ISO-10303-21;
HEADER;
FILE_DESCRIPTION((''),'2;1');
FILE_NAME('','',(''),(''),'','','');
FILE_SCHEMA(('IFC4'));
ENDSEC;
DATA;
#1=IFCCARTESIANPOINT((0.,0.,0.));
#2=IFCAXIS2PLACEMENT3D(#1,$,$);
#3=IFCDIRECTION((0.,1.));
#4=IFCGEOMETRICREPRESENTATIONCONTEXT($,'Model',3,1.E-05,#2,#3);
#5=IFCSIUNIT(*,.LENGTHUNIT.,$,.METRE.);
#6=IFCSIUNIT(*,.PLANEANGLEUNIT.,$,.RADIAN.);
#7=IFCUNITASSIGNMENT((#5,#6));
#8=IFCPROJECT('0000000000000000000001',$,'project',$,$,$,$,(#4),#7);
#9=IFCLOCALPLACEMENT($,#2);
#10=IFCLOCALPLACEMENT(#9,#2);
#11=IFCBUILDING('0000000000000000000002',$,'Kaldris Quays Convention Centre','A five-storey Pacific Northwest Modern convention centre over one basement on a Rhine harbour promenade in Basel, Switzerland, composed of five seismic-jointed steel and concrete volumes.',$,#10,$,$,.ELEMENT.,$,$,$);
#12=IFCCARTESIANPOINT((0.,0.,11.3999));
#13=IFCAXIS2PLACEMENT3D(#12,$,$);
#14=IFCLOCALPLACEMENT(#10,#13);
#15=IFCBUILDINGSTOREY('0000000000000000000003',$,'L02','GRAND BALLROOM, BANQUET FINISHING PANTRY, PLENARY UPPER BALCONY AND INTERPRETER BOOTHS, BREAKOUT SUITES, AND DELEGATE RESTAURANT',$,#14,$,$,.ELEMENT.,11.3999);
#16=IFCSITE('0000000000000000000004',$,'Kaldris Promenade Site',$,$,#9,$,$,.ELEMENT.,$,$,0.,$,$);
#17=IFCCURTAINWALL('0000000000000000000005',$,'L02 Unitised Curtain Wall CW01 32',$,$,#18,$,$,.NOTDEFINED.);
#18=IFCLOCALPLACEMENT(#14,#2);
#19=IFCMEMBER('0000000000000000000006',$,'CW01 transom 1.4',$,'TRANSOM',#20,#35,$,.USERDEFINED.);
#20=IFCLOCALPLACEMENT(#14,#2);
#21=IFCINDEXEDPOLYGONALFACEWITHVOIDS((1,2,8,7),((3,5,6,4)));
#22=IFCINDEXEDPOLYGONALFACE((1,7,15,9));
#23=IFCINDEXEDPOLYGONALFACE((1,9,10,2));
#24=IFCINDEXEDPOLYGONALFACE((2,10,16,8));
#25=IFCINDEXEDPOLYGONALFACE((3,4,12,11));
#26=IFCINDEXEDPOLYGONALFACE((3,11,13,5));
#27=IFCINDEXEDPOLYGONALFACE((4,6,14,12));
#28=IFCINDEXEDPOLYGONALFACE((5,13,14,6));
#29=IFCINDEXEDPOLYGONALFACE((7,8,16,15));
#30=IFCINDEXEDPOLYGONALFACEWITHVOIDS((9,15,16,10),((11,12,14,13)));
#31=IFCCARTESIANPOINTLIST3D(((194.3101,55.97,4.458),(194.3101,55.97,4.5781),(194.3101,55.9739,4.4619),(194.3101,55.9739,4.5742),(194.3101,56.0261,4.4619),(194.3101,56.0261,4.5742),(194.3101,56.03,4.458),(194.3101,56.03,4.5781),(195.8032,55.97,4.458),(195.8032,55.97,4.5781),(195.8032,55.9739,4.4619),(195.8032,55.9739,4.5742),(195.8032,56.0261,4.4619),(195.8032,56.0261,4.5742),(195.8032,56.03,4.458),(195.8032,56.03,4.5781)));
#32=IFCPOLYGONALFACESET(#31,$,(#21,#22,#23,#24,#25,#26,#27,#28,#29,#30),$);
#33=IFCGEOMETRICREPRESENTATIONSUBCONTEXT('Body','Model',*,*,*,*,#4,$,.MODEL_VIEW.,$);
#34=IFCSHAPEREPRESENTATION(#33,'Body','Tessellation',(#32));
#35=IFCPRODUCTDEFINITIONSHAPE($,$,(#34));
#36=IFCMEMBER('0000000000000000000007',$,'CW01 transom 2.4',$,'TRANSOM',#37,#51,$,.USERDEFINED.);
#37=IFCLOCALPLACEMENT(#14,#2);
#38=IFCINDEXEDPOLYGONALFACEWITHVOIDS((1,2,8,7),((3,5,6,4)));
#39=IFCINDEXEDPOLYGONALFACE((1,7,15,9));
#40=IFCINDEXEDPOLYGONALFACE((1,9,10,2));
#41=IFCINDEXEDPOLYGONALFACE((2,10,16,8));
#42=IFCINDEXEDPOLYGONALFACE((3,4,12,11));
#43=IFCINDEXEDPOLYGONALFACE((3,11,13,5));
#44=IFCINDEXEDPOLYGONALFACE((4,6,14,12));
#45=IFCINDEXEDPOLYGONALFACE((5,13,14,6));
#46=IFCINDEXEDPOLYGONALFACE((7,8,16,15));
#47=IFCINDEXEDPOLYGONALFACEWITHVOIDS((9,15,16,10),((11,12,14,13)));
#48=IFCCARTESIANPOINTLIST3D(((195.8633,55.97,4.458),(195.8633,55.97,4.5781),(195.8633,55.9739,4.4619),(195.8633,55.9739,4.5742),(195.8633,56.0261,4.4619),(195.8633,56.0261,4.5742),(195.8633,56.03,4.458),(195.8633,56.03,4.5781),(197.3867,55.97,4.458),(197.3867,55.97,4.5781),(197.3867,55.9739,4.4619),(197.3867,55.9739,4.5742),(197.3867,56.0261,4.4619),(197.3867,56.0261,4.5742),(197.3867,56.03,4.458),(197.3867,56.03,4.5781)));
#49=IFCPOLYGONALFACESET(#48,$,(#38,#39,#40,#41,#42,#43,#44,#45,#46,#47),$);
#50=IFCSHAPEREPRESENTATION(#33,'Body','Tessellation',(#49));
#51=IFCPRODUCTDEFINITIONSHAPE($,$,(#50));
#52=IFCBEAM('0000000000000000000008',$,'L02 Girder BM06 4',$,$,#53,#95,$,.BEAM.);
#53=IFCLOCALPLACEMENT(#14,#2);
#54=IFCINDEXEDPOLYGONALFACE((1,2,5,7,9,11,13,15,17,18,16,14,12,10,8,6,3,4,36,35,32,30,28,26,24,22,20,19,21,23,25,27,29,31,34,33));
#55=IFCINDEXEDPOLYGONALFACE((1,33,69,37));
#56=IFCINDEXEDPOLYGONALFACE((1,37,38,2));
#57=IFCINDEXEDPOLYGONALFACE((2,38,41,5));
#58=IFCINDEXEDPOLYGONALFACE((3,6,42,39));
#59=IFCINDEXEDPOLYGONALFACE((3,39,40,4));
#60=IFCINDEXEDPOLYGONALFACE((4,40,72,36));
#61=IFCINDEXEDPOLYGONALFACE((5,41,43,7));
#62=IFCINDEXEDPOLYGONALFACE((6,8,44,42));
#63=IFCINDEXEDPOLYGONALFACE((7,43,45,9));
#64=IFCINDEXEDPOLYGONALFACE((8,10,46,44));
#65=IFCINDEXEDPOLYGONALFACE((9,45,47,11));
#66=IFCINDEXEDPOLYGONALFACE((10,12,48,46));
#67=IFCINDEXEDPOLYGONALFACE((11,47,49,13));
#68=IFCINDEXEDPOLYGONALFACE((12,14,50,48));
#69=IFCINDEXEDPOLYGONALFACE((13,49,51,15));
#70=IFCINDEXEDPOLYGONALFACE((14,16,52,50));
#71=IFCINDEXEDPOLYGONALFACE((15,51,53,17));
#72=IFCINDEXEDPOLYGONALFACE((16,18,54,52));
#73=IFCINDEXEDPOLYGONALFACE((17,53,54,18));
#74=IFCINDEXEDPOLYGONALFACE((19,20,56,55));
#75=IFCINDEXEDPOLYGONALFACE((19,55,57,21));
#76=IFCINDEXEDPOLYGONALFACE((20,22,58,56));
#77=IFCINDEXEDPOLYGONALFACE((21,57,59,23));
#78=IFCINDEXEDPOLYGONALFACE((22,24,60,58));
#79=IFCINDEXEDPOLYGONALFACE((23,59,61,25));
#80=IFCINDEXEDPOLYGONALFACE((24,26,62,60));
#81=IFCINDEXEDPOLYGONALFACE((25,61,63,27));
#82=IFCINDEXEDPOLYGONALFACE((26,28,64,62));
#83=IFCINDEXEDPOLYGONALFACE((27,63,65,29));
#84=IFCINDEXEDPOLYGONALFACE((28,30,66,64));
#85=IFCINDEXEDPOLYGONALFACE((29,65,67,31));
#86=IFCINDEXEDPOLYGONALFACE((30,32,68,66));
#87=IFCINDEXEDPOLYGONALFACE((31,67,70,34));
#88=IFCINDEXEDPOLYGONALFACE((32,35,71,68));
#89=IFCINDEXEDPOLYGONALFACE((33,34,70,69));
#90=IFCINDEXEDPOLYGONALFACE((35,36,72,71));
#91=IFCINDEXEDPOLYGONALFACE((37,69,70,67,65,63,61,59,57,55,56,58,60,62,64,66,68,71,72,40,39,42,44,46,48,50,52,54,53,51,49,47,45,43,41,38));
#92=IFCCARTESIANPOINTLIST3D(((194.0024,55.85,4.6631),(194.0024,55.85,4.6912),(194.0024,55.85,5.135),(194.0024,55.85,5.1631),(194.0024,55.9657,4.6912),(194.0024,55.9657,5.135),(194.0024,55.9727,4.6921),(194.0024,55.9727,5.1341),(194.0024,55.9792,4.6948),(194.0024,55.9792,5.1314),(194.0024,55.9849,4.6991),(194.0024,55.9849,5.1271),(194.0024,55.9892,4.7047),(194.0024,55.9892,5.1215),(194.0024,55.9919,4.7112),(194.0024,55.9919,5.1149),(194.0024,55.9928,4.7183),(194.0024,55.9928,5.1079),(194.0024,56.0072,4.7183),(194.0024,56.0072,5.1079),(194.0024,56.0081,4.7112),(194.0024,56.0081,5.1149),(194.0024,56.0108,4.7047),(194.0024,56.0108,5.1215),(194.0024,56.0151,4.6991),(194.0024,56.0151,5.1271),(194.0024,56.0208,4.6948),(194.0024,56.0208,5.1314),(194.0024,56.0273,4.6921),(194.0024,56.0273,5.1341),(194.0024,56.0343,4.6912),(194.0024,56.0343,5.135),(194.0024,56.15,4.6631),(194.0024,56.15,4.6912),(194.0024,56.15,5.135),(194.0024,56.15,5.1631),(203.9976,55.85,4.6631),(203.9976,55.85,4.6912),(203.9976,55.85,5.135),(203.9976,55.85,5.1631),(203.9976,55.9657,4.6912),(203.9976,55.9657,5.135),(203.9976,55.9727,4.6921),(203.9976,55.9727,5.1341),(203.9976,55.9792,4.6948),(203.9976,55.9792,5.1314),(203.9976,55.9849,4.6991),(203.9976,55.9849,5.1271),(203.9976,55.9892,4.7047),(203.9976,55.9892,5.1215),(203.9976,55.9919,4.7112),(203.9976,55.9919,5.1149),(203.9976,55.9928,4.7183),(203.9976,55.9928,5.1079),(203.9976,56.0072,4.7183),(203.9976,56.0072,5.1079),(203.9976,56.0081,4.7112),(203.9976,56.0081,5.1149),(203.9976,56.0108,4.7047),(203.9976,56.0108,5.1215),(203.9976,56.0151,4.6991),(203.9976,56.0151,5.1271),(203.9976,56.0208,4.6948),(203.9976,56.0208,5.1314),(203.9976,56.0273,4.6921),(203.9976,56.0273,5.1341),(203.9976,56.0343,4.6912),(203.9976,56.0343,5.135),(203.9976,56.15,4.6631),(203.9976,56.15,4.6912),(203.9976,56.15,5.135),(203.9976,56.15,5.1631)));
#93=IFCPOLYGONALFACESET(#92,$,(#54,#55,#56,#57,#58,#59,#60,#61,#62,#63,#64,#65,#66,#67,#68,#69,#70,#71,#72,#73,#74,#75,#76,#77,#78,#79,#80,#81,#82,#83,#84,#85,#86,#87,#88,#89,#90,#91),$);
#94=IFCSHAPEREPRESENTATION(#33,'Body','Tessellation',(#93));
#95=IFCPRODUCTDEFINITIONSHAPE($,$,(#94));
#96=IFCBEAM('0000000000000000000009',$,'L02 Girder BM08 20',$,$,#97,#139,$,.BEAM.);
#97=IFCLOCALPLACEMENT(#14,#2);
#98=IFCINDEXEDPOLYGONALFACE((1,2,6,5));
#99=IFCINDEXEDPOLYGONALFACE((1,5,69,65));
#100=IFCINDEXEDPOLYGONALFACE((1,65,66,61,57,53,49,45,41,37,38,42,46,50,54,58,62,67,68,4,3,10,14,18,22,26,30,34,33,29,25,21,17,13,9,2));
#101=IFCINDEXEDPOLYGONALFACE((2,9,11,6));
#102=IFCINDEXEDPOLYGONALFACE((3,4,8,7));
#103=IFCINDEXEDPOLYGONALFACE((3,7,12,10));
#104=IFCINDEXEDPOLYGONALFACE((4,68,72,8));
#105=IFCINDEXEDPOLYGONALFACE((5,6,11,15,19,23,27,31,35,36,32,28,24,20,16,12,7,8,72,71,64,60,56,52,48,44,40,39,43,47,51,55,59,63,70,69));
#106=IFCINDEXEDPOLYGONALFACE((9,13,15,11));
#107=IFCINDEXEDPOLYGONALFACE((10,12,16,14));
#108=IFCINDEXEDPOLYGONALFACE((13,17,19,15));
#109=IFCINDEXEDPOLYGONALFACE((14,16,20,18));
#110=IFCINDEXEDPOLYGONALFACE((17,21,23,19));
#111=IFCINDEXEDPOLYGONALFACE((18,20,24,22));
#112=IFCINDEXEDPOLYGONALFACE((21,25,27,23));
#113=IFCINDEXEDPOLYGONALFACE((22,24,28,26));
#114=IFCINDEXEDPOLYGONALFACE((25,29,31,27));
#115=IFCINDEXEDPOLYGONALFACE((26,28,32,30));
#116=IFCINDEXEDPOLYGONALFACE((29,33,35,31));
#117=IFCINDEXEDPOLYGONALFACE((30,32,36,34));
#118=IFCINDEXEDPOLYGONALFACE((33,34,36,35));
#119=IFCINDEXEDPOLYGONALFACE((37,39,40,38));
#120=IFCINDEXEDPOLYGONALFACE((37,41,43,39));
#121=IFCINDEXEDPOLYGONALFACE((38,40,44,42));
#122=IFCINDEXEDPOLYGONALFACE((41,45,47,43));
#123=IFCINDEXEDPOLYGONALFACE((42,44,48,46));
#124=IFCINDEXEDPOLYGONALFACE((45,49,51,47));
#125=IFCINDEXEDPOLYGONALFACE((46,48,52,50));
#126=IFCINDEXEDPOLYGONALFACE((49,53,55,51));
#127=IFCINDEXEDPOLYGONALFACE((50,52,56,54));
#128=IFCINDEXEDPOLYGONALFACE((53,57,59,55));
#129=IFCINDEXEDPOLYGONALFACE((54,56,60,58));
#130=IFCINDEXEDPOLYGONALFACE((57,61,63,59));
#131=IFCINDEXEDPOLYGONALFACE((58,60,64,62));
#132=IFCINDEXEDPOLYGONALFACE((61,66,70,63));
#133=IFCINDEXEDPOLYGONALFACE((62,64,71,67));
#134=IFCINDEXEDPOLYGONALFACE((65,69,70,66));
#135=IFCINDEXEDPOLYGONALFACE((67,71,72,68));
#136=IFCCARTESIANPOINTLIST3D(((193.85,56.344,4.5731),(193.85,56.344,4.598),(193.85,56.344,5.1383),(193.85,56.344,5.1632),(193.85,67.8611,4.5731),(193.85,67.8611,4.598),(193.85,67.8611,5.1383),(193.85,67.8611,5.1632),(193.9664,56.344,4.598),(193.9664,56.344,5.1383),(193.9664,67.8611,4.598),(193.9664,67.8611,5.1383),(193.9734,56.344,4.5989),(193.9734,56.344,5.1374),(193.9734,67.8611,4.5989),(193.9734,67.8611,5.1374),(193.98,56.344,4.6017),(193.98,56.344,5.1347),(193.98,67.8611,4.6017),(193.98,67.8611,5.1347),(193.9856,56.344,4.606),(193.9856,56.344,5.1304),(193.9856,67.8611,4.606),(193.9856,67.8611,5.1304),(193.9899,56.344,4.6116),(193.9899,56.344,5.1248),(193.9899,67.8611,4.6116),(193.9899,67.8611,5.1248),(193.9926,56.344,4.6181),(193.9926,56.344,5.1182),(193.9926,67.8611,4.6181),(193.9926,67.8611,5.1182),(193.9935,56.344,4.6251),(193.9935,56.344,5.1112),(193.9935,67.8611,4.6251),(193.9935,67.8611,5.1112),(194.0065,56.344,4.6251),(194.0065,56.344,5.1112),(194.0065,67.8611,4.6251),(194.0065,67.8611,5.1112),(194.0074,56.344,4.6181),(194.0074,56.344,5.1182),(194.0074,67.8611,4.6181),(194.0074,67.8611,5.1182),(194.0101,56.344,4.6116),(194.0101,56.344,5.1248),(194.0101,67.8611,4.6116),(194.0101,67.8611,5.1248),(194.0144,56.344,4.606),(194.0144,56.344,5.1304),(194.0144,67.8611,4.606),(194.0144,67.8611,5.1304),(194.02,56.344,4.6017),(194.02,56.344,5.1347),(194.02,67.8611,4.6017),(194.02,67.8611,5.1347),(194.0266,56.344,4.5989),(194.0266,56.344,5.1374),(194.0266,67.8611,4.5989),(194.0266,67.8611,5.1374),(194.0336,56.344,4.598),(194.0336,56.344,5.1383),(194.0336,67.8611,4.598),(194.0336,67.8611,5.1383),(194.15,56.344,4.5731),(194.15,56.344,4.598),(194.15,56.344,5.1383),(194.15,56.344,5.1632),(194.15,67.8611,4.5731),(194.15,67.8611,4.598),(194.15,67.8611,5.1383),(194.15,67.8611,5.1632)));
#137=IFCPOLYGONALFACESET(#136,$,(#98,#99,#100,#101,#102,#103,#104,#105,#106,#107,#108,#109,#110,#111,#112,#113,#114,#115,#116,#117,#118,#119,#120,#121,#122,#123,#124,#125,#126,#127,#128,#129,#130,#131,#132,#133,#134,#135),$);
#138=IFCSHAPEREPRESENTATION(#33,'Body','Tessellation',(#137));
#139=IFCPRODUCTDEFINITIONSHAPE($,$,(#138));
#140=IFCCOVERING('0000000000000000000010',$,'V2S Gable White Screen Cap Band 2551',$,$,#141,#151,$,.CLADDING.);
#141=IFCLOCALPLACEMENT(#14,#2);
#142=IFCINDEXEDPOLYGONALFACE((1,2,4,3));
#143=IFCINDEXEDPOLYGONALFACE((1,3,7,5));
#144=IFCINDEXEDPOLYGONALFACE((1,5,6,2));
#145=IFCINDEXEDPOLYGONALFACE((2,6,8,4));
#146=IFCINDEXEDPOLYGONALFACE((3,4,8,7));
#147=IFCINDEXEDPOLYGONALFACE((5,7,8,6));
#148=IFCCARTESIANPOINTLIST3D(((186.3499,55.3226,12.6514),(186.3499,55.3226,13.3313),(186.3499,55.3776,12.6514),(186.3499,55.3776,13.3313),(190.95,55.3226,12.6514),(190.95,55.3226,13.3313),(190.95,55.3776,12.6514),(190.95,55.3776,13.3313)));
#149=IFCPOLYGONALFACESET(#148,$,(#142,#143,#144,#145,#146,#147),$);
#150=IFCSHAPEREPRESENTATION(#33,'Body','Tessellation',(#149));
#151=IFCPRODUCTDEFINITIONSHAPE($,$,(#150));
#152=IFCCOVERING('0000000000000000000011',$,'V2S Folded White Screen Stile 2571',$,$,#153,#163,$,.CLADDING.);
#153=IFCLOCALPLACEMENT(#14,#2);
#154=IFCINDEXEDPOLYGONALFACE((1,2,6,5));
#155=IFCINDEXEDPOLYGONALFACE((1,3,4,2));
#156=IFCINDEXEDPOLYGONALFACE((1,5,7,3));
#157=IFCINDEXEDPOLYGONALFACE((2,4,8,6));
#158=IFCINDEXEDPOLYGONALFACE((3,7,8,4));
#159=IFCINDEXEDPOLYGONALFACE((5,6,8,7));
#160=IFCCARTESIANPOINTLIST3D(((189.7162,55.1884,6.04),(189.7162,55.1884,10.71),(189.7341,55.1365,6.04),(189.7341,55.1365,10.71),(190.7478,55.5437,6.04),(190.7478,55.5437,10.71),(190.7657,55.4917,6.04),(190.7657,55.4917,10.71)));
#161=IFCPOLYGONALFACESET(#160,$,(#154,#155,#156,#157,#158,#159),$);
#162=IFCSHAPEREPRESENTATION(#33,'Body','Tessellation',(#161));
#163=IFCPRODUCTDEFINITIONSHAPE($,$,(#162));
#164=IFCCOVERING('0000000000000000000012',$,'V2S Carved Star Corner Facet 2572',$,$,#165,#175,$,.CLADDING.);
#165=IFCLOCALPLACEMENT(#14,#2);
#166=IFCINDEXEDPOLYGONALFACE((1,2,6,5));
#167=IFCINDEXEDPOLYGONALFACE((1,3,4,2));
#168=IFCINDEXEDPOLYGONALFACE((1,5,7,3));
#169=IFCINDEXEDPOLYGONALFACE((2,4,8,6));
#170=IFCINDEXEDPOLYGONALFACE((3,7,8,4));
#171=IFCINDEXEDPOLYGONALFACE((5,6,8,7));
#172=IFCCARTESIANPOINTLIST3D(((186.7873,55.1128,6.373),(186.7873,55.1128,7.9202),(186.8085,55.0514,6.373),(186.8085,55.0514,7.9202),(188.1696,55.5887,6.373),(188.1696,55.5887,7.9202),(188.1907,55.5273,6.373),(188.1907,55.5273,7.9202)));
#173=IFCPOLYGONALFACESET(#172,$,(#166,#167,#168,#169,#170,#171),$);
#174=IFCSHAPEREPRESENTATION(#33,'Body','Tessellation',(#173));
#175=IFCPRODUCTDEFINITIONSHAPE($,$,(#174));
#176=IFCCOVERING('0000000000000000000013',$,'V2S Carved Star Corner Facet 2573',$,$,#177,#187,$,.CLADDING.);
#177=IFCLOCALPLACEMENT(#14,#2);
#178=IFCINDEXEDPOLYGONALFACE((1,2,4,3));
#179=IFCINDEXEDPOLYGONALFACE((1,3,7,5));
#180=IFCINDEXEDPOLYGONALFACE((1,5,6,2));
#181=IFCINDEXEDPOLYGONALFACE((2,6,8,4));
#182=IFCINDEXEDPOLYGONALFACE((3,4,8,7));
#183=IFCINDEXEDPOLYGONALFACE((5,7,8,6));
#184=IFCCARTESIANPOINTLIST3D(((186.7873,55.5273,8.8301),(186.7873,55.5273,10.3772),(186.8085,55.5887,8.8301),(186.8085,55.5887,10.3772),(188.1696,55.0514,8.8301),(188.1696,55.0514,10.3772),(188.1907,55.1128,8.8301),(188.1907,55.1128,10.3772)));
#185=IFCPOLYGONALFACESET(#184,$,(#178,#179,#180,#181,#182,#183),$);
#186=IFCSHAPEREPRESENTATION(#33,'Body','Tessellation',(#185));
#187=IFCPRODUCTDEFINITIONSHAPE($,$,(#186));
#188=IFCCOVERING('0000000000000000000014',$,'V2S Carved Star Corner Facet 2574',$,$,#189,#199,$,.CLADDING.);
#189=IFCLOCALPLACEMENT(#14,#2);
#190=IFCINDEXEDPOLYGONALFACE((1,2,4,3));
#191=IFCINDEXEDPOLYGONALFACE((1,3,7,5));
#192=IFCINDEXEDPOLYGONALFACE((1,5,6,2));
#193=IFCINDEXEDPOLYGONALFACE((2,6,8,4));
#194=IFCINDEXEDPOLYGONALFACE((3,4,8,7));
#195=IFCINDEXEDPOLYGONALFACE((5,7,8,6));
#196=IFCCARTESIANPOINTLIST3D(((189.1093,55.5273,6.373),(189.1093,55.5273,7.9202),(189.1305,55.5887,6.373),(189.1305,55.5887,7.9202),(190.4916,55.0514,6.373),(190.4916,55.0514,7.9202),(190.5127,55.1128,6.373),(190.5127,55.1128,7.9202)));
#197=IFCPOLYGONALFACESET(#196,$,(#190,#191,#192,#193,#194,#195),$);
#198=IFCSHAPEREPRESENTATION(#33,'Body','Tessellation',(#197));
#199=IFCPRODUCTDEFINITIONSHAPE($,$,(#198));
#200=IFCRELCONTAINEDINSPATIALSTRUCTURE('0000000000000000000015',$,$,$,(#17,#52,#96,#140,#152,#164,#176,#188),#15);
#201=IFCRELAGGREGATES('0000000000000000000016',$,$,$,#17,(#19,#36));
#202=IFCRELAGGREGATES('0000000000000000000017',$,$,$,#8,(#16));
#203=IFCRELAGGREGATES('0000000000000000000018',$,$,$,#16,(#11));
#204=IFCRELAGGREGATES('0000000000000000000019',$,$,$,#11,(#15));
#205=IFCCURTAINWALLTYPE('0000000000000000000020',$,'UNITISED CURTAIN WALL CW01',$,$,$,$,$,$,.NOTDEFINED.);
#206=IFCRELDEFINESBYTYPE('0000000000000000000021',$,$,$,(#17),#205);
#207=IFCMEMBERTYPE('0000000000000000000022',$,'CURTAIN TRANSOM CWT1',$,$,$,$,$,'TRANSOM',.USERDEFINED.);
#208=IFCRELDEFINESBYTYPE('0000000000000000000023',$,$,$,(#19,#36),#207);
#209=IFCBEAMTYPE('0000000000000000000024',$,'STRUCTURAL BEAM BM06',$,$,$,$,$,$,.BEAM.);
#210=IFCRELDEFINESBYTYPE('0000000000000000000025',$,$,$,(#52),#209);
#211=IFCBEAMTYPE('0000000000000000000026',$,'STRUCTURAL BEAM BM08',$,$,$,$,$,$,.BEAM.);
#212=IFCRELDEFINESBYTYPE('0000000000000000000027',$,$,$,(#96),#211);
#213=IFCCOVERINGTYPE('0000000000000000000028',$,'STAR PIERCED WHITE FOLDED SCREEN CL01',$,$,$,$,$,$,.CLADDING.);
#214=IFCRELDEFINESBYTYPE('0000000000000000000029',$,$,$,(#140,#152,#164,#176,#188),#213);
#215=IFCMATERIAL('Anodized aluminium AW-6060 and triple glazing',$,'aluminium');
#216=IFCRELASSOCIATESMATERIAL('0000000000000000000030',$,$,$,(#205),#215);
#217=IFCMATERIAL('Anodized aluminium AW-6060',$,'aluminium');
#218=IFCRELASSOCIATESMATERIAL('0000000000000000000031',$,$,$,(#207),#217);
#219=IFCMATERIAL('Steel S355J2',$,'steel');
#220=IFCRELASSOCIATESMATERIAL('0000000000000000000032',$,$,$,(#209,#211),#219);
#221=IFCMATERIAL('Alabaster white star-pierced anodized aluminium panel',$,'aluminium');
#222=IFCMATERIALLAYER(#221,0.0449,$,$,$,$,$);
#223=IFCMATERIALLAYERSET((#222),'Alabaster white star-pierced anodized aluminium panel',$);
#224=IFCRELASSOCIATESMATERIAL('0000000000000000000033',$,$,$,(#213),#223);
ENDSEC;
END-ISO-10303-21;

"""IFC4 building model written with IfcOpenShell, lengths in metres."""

from ifc_helpers import new_model, si_unit, direction, frame, origin, origin_2d, place, context, subcontext, project, spatial, rectangle, hollow_rectangle, i_section, extrude, material, layer, layer_set, material_profile, profile_set, type_object, element, aggregate, save


model = new_model("IFC4")

# Units and contexts
model_context = context("Model", 3, precision=1e-05, world=origin(), true_north=direction((0.0, 1.0)))
body_context = subcontext(model_context, "Body", "Model", "MODEL_VIEW")
ifc_project = project(units=[si_unit("LENGTHUNIT", "METRE"), si_unit("PLANEANGLEUNIT", "RADIAN")], contexts=[model_context])

# Site, building, storey
site_placement = place(None, origin())
site = spatial("IfcSite", under=ifc_project, at=site_placement, Name="Kaldris Promenade Site", CompositionType="ELEMENT", RefElevation=0.0)
building_placement = place(site_placement, origin())
building = spatial("IfcBuilding", under=site, at=building_placement, Name="Kaldris Quays Convention Centre", Description="A five-storey Pacific Northwest Modern convention centre over one basement on a Rhine harbour promenade in Basel, Switzerland, composed of five seismic-jointed steel and concrete volumes.", CompositionType="ELEMENT")
storey_placement = place(building_placement, frame((0.0, 0.0, 11.3999)))
storey = spatial("IfcBuildingStorey", under=building, at=storey_placement, Name="L02", Description="GRAND BALLROOM, BANQUET FINISHING PANTRY, PLENARY UPPER BALCONY AND INTERPRETER BOOTHS, BREAKOUT SUITES, AND DELEGATE RESTAURANT", CompositionType="ELEMENT", Elevation=11.3999)

# Curtain wall, members
ifc_material_1 = material(Name="Anodized aluminium AW-6060 and triple glazing", Category="aluminium")
curtain_wall_type = type_object("IfcCurtainWallType", Name="UNITISED CURTAIN WALL CW01", PredefinedType="NOTDEFINED", material=ifc_material_1)
curtain_wall_placement = place(storey_placement, origin())
curtain_wall = element("IfcCurtainWall", 1, at=curtain_wall_placement, inside=storey, type_object=curtain_wall_type, Name="L02 Unitised Curtain Wall CW01 32", PredefinedType="NOTDEFINED")
ifc_material_2 = material(Name="Anodized aluminium AW-6060", Category="aluminium")
ifc_material_profile_1 = material_profile(ifc_material_2, hollow_rectangle(XDim=0.0601, YDim=0.1201, WallThickness=0.0039, at=origin_2d()), Name="RHS 120x60x4")
ifc_profile_set_1 = profile_set([ifc_material_profile_1], Name="Anodized aluminium AW-6060")
member_type = type_object("IfcMemberType", Name="CURTAIN TRANSOM CWT1", ElementType="TRANSOM", PredefinedType="USERDEFINED", material=ifc_profile_set_1)
member_1_placement = place(storey_placement, frame((194.3101, 56.0, 4.5181), z_axis=(1.0, 0.0, 0.0), x_axis=(0.0, 1.0, 0.0)))
member_1 = element("IfcMember", 2, at=member_1_placement, type_object=member_type, Name="CW01 transom 1.4", ObjectType="TRANSOM", PredefinedType="USERDEFINED", context=body_context, shape_type="SweptSolid", body=[
    extrude(hollow_rectangle(XDim=0.0601, YDim=0.1201, WallThickness=0.0039, at=origin_2d()), origin(), (0.0, 0.0, 1.0), 1.4932),
])
member_2_placement = place(storey_placement, frame((195.8633, 56.0, 4.5181), z_axis=(1.0, 0.0, 0.0), x_axis=(0.0, 1.0, 0.0)))
member_2 = element("IfcMember", 3, at=member_2_placement, type_object=member_type, Name="CW01 transom 2.4", ObjectType="TRANSOM", PredefinedType="USERDEFINED", context=body_context, shape_type="SweptSolid", body=[
    extrude(hollow_rectangle(XDim=0.0601, YDim=0.1201, WallThickness=0.0039, at=origin_2d()), origin(), (0.0, 0.0, 1.0), 1.5234),
])
aggregate(curtain_wall, [member_1, member_2])

# Beams
ifc_material_3 = material(Name="Steel S355J2", Category="steel")
ifc_material_profile_2 = material_profile(ifc_material_3, i_section(OverallWidth=0.3, OverallDepth=0.5, WebThickness=0.0144, FlangeThickness=0.0281, FilletRadius=0.0271, at=origin_2d()), Name="HEB 500")
ifc_profile_set_2 = profile_set([ifc_material_profile_2], Name="Steel S355J2")
beam_type_1 = type_object("IfcBeamType", Name="STRUCTURAL BEAM BM06", PredefinedType="BEAM", material=ifc_profile_set_2)
beam_1_placement = place(storey_placement, frame((194.0024, 56.0, 4.9131), z_axis=(1.0, 0.0, 0.0), x_axis=(0.0, 1.0, 0.0)))
element("IfcBeam", 4, at=beam_1_placement, inside=storey, type_object=beam_type_1, Name="L02 Girder BM06 4", PredefinedType="BEAM", context=body_context, shape_type="SweptSolid", body=[
    extrude(i_section(OverallWidth=0.3, OverallDepth=0.5, WebThickness=0.0144, FlangeThickness=0.0281, FilletRadius=0.0271, at=origin_2d()), origin(), (0.0, 0.0, 1.0), 9.9951),
])
ifc_material_profile_3 = material_profile(ifc_material_3, i_section(OverallWidth=0.3, OverallDepth=0.5901, WebThickness=0.0129, FlangeThickness=0.0249, FilletRadius=0.0271, at=origin_2d()), Name="HEA 600")
ifc_profile_set_3 = profile_set([ifc_material_profile_3], Name="Steel S355J2")
beam_type_2 = type_object("IfcBeamType", Name="STRUCTURAL BEAM BM08", PredefinedType="BEAM", material=ifc_profile_set_3)
beam_2_placement = place(storey_placement, frame((194.0, 56.344, 4.8682), z_axis=(0.0, 1.0, 0.0), x_axis=(-1.0, 0.0, 0.0)))
element("IfcBeam", 5, at=beam_2_placement, inside=storey, type_object=beam_type_2, Name="L02 Girder BM08 20", PredefinedType="BEAM", context=body_context, shape_type="SweptSolid", body=[
    extrude(i_section(OverallWidth=0.3, OverallDepth=0.5901, WebThickness=0.0129, FlangeThickness=0.0249, FilletRadius=0.0271, at=origin_2d()), origin(), (0.0, 0.0, 1.0), 11.5171),
])

# Coverings
ifc_material_4 = material(Name="Alabaster white star-pierced anodized aluminium panel", Category="aluminium")
ifc_layer = layer(ifc_material_4, 0.0449)
ifc_layer_set = layer_set([ifc_layer], Name="Alabaster white star-pierced anodized aluminium panel")
covering_type = type_object("IfcCoveringType", Name="STAR PIERCED WHITE FOLDED SCREEN CL01", PredefinedType="CLADDING", material=ifc_layer_set)
covering_1_placement = place(storey_placement, frame((188.6499, 55.3501, 12.6514), z_axis=(0.0, 0.0, 1.0), x_axis=(1.0, 0.0, 0.0)))
element("IfcCovering", 6, at=covering_1_placement, inside=storey, type_object=covering_type, Name="V2S Gable White Screen Cap Band 2551", PredefinedType="CLADDING", context=body_context, shape_type="SweptSolid", body=[
    extrude(rectangle(XDim=4.6001, YDim=0.0549, at=origin_2d()), origin(), (0.0, 0.0, 1.0), 0.6799),
])
covering_2_placement = place(storey_placement, frame((190.241, 55.3401, 6.04), z_axis=(0.0, 0.0, 1.0), x_axis=(0.945519, 0.325568, 0.0)))
element("IfcCovering", 7, at=covering_2_placement, inside=storey, type_object=covering_type, Name="V2S Folded White Screen Stile 2571", PredefinedType="CLADDING", context=body_context, shape_type="SweptSolid", body=[
    extrude(rectangle(XDim=1.0911, YDim=0.0549, at=origin_2d()), origin(), (0.0, 0.0, 1.0), 4.6699),
])
for number, where, z_axis, x_axis, name in (
    (8, (187.489, 55.3201, 6.373), (0.0, 0.0, 1.0), (0.945519, 0.325568, 0.0), "V2S Carved Star Corner Facet 2572"),
    (9, (187.489, 55.3201, 8.8301), (0.0, 0.0, 1.0), (0.945519, -0.325568, 0.0), "V2S Carved Star Corner Facet 2573"),
    (10, (189.811, 55.3201, 6.373), (0.0, 0.0, 1.0), (0.945519, -0.325568, 0.0), "V2S Carved Star Corner Facet 2574"),
):
    element("IfcCovering", number, at=place(storey_placement, frame(where, z_axis=z_axis, x_axis=x_axis)), inside=storey, type_object=covering_type, Name=name, PredefinedType="CLADDING", context=body_context, shape_type="SweptSolid", body=[
        extrude(rectangle(XDim=1.4619, YDim=0.0649, at=origin_2d()), origin(), (0.0, 0.0, 1.0), 1.5471),
    ])

save(model, "model.ifc")
